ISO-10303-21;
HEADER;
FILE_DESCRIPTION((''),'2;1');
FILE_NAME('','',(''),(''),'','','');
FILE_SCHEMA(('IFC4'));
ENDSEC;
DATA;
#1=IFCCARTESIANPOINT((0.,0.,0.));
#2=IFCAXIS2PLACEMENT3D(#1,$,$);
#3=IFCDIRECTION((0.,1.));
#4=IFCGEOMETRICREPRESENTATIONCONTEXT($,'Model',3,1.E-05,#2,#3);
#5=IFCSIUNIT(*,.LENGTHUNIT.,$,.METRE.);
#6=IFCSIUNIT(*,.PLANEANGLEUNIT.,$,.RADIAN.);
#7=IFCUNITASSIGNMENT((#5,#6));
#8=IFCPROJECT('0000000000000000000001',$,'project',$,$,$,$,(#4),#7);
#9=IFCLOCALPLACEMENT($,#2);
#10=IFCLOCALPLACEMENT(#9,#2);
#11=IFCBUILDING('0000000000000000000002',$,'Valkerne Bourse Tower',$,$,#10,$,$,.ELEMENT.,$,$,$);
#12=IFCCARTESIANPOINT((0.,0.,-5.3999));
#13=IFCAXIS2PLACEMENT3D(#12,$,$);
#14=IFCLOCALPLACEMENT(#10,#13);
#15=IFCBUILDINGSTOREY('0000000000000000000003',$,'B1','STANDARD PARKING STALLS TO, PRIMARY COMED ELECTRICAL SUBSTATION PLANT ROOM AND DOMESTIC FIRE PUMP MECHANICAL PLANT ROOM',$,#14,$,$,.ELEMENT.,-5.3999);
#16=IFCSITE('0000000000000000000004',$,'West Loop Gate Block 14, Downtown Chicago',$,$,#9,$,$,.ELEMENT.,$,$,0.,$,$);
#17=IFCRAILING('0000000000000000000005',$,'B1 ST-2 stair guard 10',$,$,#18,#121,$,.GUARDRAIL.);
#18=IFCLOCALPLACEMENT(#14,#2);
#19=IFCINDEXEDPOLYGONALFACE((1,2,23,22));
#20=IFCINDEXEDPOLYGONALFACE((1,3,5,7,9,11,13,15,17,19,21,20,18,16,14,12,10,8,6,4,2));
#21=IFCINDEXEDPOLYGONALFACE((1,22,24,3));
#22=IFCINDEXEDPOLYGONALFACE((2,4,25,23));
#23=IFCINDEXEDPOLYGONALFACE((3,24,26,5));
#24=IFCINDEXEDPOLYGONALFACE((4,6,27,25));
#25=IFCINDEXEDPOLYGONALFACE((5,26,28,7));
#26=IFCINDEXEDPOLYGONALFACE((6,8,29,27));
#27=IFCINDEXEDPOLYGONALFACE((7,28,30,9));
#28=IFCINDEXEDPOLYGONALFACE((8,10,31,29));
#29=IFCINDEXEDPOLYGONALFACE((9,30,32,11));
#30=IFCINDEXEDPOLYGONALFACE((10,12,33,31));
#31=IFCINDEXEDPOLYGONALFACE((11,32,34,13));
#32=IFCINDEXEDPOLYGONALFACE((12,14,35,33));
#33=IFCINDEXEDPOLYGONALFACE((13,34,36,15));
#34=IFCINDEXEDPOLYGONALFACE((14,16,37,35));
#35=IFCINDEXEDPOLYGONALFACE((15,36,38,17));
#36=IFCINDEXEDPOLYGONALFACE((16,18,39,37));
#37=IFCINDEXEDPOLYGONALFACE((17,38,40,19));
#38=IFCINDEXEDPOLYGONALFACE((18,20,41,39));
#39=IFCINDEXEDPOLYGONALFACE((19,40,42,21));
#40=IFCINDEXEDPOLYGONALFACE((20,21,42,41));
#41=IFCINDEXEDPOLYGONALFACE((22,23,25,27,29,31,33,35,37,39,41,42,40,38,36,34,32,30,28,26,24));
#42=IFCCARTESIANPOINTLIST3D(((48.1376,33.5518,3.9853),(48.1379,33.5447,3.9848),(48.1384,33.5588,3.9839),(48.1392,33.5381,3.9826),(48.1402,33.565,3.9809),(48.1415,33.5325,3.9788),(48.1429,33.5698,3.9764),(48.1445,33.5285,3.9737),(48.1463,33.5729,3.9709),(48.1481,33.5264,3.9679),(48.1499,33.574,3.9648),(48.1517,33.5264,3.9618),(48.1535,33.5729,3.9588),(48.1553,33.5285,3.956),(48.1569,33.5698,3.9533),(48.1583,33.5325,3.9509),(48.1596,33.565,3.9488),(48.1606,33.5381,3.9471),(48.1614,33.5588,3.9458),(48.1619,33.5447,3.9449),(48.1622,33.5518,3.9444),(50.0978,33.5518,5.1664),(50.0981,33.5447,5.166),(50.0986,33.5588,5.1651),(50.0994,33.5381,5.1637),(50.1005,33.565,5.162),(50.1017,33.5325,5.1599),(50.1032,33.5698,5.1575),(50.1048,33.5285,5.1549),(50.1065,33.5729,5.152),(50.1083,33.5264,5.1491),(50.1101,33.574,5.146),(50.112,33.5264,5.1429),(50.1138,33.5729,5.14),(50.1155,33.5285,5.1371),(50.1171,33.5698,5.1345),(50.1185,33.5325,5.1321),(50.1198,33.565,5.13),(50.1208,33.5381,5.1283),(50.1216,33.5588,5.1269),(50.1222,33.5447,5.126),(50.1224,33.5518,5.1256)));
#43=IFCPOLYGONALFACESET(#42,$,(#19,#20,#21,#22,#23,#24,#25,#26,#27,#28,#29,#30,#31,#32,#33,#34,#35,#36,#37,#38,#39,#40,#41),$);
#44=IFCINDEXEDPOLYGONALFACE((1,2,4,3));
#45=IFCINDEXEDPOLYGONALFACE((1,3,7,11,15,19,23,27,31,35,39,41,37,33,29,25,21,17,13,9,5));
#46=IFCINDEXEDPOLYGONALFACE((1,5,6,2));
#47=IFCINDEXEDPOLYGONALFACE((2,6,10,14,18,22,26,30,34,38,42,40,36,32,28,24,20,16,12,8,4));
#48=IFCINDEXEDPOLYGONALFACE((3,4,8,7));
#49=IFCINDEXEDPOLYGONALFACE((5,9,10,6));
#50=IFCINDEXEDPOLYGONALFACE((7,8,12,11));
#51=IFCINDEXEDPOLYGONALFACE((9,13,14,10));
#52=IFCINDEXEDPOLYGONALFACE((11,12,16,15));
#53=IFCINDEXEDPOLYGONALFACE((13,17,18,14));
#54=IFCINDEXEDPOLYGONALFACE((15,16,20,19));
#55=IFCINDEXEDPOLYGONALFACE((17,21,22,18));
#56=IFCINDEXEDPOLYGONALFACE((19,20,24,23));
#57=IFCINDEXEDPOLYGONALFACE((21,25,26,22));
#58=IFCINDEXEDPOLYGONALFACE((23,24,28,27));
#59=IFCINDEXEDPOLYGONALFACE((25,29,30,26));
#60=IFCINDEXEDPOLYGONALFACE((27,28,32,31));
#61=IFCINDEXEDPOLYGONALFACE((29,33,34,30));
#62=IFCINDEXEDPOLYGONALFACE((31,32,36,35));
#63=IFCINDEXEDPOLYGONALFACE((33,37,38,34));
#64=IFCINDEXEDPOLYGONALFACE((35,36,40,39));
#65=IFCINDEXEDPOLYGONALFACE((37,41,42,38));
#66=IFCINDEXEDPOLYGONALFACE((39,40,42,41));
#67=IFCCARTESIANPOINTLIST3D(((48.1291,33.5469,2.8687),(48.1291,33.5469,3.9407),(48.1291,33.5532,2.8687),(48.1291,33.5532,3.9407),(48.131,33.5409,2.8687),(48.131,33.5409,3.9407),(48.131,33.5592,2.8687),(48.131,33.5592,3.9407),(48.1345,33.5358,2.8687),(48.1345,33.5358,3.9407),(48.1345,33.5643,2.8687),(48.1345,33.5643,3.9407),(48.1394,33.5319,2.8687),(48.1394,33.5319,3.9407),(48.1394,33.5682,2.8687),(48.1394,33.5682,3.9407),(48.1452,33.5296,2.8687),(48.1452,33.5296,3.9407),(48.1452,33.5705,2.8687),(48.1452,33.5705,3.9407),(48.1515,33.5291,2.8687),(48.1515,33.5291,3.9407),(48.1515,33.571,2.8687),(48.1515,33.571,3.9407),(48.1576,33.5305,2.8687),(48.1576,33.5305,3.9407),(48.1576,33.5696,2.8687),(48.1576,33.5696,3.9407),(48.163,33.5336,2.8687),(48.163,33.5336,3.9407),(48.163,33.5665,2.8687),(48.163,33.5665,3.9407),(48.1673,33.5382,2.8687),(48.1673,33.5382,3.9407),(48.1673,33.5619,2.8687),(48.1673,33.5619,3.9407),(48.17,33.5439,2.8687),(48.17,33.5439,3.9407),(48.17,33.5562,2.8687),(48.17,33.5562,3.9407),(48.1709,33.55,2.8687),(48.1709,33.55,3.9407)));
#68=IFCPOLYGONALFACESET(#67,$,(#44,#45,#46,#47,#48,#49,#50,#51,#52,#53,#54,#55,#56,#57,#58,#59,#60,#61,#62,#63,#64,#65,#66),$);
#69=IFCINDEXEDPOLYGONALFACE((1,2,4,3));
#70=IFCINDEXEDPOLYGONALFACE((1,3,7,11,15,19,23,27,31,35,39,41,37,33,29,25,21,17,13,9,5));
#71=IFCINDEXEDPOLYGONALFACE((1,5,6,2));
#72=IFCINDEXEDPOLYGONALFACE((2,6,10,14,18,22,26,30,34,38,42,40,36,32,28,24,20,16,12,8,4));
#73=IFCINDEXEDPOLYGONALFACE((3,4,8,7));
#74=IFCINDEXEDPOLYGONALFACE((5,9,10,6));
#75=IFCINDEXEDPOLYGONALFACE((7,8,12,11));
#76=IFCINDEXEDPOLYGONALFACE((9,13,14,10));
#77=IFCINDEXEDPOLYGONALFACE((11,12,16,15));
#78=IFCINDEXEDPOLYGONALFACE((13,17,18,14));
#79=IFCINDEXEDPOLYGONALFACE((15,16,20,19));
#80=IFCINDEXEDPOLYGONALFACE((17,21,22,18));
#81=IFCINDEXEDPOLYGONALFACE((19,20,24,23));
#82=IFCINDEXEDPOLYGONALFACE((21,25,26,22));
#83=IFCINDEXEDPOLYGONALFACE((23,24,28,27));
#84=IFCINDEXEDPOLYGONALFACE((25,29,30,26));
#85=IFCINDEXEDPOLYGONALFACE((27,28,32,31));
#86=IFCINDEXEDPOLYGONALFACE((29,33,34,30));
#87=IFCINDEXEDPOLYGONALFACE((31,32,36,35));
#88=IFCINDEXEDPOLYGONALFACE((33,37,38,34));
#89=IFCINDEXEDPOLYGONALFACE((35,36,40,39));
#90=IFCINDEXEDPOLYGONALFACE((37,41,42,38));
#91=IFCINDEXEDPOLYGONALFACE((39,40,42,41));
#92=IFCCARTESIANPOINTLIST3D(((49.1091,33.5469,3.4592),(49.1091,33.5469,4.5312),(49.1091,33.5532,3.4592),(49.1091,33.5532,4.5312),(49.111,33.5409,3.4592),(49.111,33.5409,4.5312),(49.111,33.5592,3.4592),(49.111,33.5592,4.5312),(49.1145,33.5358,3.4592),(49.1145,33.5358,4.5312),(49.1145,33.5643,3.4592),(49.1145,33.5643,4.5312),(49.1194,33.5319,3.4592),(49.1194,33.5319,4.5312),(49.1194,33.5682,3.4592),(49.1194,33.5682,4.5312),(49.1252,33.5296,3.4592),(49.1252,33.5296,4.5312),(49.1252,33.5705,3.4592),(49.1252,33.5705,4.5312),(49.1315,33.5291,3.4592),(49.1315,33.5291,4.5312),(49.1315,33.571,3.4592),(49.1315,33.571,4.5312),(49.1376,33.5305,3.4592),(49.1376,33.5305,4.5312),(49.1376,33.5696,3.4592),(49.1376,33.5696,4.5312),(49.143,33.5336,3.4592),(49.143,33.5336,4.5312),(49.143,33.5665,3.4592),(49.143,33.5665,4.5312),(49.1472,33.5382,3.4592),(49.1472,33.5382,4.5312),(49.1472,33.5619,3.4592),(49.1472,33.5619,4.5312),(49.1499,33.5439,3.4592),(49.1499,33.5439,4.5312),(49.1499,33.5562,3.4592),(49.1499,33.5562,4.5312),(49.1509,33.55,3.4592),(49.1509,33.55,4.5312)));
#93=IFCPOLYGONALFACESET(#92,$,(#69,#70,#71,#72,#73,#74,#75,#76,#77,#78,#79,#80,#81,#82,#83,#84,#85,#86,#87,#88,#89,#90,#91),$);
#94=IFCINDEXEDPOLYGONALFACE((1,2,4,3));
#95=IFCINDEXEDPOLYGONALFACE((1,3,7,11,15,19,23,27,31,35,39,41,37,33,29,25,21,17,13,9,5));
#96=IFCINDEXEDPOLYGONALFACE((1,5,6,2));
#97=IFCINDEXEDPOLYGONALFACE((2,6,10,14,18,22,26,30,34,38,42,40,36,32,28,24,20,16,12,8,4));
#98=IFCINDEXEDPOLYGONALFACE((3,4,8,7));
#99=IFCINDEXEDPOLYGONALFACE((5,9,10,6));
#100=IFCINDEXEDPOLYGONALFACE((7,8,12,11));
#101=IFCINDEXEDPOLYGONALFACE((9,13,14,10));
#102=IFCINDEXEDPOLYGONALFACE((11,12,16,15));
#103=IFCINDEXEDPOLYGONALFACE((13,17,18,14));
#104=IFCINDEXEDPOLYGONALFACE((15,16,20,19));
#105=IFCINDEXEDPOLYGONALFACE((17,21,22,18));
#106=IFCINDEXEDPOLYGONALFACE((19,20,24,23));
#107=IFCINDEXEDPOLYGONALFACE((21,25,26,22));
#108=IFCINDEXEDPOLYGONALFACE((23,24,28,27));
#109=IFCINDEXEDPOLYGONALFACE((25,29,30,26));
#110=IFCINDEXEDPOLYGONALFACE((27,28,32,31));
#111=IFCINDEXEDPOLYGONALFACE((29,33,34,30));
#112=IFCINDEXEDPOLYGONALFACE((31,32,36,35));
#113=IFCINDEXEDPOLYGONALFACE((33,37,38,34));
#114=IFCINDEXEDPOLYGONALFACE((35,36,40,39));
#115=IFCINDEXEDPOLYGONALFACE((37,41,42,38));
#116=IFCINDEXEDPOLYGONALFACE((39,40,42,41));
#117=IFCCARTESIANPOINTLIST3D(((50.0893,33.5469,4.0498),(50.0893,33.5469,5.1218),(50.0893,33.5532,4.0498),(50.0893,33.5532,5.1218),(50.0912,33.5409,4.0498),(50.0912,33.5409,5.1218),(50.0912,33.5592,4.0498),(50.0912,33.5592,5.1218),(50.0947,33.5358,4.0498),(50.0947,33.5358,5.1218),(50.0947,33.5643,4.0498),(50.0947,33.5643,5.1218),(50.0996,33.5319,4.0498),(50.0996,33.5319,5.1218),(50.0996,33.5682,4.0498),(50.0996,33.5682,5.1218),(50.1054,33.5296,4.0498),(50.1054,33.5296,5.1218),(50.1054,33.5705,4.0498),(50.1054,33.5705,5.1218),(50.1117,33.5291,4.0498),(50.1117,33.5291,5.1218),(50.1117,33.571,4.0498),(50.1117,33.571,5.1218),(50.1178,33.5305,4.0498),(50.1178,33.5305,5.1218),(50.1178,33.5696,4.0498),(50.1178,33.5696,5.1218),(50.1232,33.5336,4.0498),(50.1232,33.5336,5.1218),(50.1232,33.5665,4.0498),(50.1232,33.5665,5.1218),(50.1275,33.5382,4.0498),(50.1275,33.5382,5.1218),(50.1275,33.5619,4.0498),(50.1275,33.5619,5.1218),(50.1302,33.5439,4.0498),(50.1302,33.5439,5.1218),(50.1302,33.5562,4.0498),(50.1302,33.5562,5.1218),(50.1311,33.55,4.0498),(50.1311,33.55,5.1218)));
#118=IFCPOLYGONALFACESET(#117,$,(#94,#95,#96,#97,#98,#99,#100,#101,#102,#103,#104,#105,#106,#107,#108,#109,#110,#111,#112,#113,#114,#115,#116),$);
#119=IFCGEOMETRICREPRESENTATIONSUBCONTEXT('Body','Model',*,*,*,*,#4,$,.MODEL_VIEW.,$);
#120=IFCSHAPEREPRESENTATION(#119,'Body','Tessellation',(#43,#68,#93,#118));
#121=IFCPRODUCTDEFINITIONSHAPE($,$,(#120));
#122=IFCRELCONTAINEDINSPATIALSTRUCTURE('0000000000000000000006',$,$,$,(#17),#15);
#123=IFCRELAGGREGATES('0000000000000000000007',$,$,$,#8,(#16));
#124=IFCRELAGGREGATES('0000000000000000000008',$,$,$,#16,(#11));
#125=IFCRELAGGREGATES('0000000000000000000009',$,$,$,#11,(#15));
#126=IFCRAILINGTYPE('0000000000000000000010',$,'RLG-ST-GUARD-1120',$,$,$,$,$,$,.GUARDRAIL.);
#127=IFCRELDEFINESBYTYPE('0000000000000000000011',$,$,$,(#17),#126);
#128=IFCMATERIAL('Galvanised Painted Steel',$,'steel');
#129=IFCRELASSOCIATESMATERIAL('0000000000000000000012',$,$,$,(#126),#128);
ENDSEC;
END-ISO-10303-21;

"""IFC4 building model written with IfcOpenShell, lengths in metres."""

from ifc_helpers import new_model, si_unit, direction, frame, origin, origin_2d, place, context, subcontext, project, spatial, circle, extrude, material, type_object, element, save


model = new_model("IFC4")

# Units and contexts
model_context = context("Model", 3, precision=1e-05, world=origin(), true_north=direction((0.0, 1.0)))
body_context = subcontext(model_context, "Body", "Model", "MODEL_VIEW")
ifc_project = project(units=[si_unit("LENGTHUNIT", "METRE"), si_unit("PLANEANGLEUNIT", "RADIAN")], contexts=[model_context])

# Site, building, storey
site_placement = place(None, origin())
site = spatial("IfcSite", under=ifc_project, at=site_placement, Name="West Loop Gate Block 14, Downtown Chicago", CompositionType="ELEMENT", RefElevation=0.0)
building_placement = place(site_placement, origin())
building = spatial("IfcBuilding", under=site, at=building_placement, Name="Valkerne Bourse Tower", CompositionType="ELEMENT")
storey_placement = place(building_placement, frame((0.0, 0.0, -5.3999)))
storey = spatial("IfcBuildingStorey", under=building, at=storey_placement, Name="B1", Description="STANDARD PARKING STALLS TO, PRIMARY COMED ELECTRICAL SUBSTATION PLANT ROOM AND DOMESTIC FIRE PUMP MECHANICAL PLANT ROOM", CompositionType="ELEMENT", Elevation=-5.3999)

# Shared definitions
ifc_material_1 = material(Name="Galvanised Painted Steel", Category="steel")

# Railing
railing_type_1 = type_object("IfcRailingType", Name="RLG-ST-GUARD-1120", PredefinedType="GUARDRAIL", material=ifc_material_1)
railing_1_placement = place(storey_placement, frame((48.1499, 33.55, 2.8687)))
element("IfcRailing", 1, at=railing_1_placement, inside=storey, type_object=railing_type_1, Name="B1 ST-2 stair guard 10", PredefinedType="GUARDRAIL", context=body_context, shape_type="SweptSolid", body=[
    extrude(circle(Radius=0.0239, at=origin_2d()), frame((0.0, 0.0, 1.0962), z_axis=(0.856522, 0.0, 0.516111), x_axis=(0.0, 1.0, 0.0)), (0.0, 0.0, 1.0), 2.2886),
    extrude(circle(Radius=0.021, at=origin_2d()), origin(), (0.0, 0.0, 1.0), 1.072),
    extrude(circle(Radius=0.021, at=origin_2d()), frame((0.98, 0.0, 0.5906)), (0.0, 0.0, 1.0), 1.072),
    extrude(circle(Radius=0.021, at=origin_2d()), frame((1.9602, 0.0, 1.1812)), (0.0, 0.0, 1.0), 1.072),
])

save(model, "model.ifc")
